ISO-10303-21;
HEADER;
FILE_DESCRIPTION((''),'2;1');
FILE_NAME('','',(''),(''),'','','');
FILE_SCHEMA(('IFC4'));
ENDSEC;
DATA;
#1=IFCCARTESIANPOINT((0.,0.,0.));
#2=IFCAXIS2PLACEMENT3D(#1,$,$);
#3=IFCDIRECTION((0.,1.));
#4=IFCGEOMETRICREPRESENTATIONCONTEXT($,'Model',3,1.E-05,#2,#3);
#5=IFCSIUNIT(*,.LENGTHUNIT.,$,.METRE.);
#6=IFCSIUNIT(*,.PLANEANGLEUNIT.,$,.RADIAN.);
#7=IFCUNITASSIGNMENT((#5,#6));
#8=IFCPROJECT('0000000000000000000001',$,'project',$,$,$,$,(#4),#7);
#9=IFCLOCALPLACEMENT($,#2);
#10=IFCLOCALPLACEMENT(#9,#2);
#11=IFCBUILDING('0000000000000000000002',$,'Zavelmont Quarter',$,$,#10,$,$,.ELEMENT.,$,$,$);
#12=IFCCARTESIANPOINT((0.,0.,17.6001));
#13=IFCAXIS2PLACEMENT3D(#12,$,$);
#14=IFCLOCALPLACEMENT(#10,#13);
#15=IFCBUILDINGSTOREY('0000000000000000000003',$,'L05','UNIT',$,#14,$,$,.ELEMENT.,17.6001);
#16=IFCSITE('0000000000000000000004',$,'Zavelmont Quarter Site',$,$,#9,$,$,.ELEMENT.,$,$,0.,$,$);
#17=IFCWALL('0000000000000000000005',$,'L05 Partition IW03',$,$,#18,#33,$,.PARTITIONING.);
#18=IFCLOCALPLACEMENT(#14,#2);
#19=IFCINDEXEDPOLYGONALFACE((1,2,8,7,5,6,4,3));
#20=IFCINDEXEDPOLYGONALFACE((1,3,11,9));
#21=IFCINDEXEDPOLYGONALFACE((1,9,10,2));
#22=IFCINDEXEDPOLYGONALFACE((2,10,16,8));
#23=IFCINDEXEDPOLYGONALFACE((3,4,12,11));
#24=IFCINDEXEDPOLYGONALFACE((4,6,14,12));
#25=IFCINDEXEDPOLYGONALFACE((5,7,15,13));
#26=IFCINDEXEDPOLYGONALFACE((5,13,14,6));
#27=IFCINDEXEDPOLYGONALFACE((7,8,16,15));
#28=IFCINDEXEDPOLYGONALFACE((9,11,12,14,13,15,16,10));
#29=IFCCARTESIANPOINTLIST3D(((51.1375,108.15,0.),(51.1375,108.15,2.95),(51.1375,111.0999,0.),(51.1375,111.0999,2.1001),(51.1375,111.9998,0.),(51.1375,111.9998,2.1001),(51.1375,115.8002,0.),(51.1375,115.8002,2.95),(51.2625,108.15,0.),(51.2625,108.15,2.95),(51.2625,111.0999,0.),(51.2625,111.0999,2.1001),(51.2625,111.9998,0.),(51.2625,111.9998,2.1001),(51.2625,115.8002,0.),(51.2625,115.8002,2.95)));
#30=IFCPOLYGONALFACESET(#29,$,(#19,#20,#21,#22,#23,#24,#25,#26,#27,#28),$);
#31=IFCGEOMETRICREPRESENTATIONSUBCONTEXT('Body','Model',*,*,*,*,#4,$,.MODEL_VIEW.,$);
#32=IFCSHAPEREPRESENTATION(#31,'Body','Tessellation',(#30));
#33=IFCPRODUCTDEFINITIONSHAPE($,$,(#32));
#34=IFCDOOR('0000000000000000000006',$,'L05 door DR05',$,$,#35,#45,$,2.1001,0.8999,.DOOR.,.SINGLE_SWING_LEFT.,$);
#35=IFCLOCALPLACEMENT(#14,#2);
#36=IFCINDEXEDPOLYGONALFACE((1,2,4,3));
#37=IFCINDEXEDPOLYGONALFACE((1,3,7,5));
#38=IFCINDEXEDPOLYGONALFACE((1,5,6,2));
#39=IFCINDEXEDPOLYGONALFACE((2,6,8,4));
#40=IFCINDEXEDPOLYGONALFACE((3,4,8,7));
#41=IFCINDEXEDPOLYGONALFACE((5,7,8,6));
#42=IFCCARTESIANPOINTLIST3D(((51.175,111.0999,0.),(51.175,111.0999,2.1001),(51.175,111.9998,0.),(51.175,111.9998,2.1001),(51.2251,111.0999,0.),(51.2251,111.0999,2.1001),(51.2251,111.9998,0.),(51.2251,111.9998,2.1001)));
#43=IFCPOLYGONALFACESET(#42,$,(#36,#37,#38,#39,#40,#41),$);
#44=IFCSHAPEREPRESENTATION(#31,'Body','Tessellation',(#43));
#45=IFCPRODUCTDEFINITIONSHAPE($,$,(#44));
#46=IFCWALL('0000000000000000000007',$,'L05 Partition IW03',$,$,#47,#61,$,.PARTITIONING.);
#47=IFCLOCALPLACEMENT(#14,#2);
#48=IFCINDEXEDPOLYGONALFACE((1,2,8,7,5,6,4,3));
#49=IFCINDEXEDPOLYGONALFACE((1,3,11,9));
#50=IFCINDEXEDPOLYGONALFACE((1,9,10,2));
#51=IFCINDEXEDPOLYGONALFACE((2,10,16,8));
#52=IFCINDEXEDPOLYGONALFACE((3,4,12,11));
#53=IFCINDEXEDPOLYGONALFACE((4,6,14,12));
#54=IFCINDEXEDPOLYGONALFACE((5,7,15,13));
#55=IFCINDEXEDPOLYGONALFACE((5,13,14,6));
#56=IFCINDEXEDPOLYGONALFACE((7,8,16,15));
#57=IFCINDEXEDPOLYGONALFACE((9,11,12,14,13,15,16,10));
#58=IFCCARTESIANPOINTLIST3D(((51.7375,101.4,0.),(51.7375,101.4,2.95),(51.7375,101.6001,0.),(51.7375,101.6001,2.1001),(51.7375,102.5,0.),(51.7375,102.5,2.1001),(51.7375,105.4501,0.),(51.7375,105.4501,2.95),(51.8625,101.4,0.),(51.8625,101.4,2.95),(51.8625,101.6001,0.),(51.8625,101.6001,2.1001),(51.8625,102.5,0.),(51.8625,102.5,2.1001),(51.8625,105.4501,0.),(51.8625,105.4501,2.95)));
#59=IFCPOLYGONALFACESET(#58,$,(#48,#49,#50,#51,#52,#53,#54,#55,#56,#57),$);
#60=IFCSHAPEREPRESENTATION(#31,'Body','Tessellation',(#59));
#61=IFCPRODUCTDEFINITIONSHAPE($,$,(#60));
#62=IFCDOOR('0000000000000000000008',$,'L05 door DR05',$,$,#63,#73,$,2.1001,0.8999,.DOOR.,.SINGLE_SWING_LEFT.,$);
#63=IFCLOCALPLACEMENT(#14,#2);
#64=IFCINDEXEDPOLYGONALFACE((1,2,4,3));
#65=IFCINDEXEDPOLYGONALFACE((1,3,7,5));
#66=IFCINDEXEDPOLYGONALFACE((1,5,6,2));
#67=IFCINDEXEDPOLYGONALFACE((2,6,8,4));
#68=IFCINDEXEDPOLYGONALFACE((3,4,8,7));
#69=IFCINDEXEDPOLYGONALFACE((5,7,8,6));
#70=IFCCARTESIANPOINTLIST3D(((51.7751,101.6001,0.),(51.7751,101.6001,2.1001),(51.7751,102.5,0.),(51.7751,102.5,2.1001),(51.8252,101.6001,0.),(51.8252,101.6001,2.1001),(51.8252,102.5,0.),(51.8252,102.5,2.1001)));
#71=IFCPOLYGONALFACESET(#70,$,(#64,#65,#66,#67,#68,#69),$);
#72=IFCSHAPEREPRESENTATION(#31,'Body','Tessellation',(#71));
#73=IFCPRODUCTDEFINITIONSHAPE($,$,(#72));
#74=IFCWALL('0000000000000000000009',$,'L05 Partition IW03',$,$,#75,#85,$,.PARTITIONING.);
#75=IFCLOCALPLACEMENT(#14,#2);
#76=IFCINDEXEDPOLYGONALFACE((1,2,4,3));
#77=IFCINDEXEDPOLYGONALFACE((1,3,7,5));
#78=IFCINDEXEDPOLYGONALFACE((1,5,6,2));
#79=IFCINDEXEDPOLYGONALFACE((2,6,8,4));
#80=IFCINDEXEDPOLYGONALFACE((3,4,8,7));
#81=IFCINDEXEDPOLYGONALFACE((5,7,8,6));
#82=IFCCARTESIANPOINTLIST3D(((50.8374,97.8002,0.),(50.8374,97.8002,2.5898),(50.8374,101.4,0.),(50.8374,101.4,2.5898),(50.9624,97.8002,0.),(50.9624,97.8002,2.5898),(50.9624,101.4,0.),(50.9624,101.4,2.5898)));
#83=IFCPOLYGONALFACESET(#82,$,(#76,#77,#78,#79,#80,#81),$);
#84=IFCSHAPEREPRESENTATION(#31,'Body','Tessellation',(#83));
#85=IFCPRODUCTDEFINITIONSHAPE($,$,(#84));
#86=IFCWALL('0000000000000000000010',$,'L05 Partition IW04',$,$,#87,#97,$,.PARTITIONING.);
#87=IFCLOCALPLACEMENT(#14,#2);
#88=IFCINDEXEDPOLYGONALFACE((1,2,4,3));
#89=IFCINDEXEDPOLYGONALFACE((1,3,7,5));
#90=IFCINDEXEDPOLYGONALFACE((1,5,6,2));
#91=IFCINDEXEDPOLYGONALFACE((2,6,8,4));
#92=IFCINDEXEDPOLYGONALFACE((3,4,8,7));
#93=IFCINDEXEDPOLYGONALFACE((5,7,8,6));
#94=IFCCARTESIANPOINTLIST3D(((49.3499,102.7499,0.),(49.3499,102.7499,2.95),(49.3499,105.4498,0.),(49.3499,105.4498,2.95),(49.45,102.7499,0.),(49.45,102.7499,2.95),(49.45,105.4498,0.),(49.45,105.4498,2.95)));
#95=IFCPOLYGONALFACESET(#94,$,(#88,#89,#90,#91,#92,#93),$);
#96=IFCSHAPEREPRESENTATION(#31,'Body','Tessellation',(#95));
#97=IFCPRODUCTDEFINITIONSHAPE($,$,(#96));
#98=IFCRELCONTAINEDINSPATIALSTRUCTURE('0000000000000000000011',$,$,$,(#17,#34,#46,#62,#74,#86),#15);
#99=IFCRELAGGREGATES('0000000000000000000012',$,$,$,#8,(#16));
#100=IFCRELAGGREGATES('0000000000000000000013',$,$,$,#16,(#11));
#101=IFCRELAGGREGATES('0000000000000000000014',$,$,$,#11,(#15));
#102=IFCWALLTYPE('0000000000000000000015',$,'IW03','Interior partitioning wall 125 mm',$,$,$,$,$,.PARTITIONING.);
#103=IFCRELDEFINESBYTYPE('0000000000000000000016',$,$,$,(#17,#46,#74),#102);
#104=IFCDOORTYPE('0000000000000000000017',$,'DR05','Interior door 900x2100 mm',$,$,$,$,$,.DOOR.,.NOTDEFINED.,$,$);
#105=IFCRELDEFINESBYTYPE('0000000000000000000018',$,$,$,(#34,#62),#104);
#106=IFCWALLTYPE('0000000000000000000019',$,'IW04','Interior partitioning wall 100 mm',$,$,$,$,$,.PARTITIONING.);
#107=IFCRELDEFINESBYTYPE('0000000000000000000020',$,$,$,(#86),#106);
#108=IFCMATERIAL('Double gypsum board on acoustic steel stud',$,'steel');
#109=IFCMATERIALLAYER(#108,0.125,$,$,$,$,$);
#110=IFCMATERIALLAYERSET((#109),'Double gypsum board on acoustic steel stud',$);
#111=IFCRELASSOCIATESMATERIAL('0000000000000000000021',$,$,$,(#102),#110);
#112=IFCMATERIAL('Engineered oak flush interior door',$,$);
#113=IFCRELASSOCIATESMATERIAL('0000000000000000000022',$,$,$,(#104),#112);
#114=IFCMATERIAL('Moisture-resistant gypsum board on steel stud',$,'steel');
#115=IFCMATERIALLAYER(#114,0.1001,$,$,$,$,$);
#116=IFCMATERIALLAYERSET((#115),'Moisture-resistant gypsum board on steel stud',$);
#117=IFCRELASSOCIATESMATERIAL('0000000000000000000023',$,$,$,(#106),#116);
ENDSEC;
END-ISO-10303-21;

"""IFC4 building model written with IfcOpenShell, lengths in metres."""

from ifc_helpers import new_model, si_unit, direction, frame, frame_2d, origin, origin_with_axes, place, context, subcontext, project, spatial, rectangle, extrude, material, layer, layer_set, type_object, element, fill, save


model = new_model("IFC4")

# Units and contexts
model_context = context("Model", 3, precision=1e-05, world=origin(), true_north=direction((0.0, 1.0)))
body_context = subcontext(model_context, "Body", "Model", "MODEL_VIEW")
ifc_project = project(units=[si_unit("LENGTHUNIT", "METRE"), si_unit("PLANEANGLEUNIT", "RADIAN")], contexts=[model_context])

# Site, building, storey
site_placement = place(None, origin())
site = spatial("IfcSite", under=ifc_project, at=site_placement, Name="Zavelmont Quarter Site", CompositionType="ELEMENT", RefElevation=0.0)
building_placement = place(site_placement, origin())
building = spatial("IfcBuilding", under=site, at=building_placement, Name="Zavelmont Quarter", CompositionType="ELEMENT")
storey_placement = place(building_placement, frame((0.0, 0.0, 17.6001)))
storey = spatial("IfcBuildingStorey", under=building, at=storey_placement, Name="L05", Description="UNIT", CompositionType="ELEMENT", Elevation=17.6001)

# Walls, openings, doors
ifc_material_1 = material(Name="Double gypsum board on acoustic steel stud", Category="steel")
ifc_layer_1 = layer(ifc_material_1, 0.125)
ifc_layer_set_1 = layer_set([ifc_layer_1], Name="Double gypsum board on acoustic steel stud")
wall_type_1 = type_object("IfcWallType", Name="IW03", Description="Interior partitioning wall 125 mm", PredefinedType="PARTITIONING", material=ifc_layer_set_1)
wall_1_placement = place(storey_placement, frame((51.2, 108.1499, 0.0), z_axis=(0.0, 0.0, 1.0), x_axis=(0.0, 1.0, 0.0)))
wall_1 = element("IfcWall", 1, at=wall_1_placement, inside=storey, type_object=wall_type_1, Name="L05 Partition IW03", PredefinedType="PARTITIONING", context=body_context, shape_type="SweptSolid", body=[
    extrude(rectangle(XDim=7.6501, YDim=0.125, at=frame_2d((3.8252, 0.0))), origin(), (0.0, 0.0, 1.0), 2.95),
])
opening_1_placement = place(wall_1_placement, frame((2.95, 0.0, 0.0)))
opening_1 = element("IfcOpeningElement", 2, at=opening_1_placement, cuts=wall_1, PredefinedType="OPENING", context=body_context, shape_type="SweptSolid", body=[
    extrude(rectangle(XDim=0.8999, YDim=2.1001, at=frame_2d((0.45, 1.05))), frame((0.0, 0.0745, 0.0), z_axis=(0.0, -1.0, 0.0), x_axis=(1.0, 0.0, 0.0)), (0.0, 0.0, 1.0), 0.1489),
])
ifc_material_2 = material(Name="Engineered oak flush interior door")
door_type = type_object("IfcDoorType", Name="DR05", Description="Interior door 900x2100 mm", OperationType="NOTDEFINED", PredefinedType="DOOR", material=ifc_material_2)
door_1_placement = place(opening_1_placement, origin_with_axes())
door_1 = element("IfcDoor", 3, at=door_1_placement, inside=storey, type_object=door_type, Name="L05 door DR05", OperationType="SINGLE_SWING_LEFT", OverallHeight=2.1001, OverallWidth=0.8999, PredefinedType="DOOR", context=body_context, shape_type="SweptSolid", body=[
    extrude(rectangle(XDim=0.8999, YDim=2.1001, at=frame_2d((0.45, 1.05))), frame((0.0, 0.0249, 0.0), z_axis=(0.0, -1.0, 0.0), x_axis=(1.0, 0.0, 0.0)), (0.0, 0.0, 1.0), 0.05),
])
fill(opening_1, door_1)
wall_2_placement = place(storey_placement, frame((51.8, 105.45, 0.0), z_axis=(0.0, 0.0, 1.0), x_axis=(0.0, -1.0, 0.0)))
wall_2 = element("IfcWall", 4, at=wall_2_placement, inside=storey, type_object=wall_type_1, Name="L05 Partition IW03", PredefinedType="PARTITIONING", context=body_context, shape_type="SweptSolid", body=[
    extrude(rectangle(XDim=4.05, YDim=0.125, at=frame_2d((2.0249, 0.0))), origin(), (0.0, 0.0, 1.0), 2.95),
])
opening_2_placement = place(wall_2_placement, frame((2.95, 0.0, 0.0)))
opening_2 = element("IfcOpeningElement", 5, at=opening_2_placement, cuts=wall_2, PredefinedType="OPENING", context=body_context, shape_type="SweptSolid", body=[
    extrude(rectangle(XDim=0.8999, YDim=2.1001, at=frame_2d((0.45, 1.05))), frame((0.0, 0.0745, 0.0), z_axis=(0.0, -1.0, 0.0), x_axis=(1.0, 0.0, 0.0)), (0.0, 0.0, 1.0), 0.1489),
])
door_2_placement = place(opening_2_placement, frame((0.8999, 0.0, 0.0), z_axis=(0.0, 0.0, 1.0), x_axis=(-1.0, 0.0, 0.0)))
door_2 = element("IfcDoor", 6, at=door_2_placement, inside=storey, type_object=door_type, Name="L05 door DR05", OperationType="SINGLE_SWING_LEFT", OverallHeight=2.1001, OverallWidth=0.8999, PredefinedType="DOOR", context=body_context, shape_type="SweptSolid", body=[
    extrude(rectangle(XDim=0.8999, YDim=2.1001, at=frame_2d((0.45, 1.05))), frame((0.0, 0.0249, 0.0), z_axis=(0.0, -1.0, 0.0), x_axis=(1.0, 0.0, 0.0)), (0.0, 0.0, 1.0), 0.05),
])
fill(opening_2, door_2)

# Walls
wall_3_placement = place(storey_placement, frame((50.8999, 101.3999, 0.0), z_axis=(0.0, 0.0, 1.0), x_axis=(0.0, -1.0, 0.0)))
element("IfcWall", 7, at=wall_3_placement, inside=storey, type_object=wall_type_1, Name="L05 Partition IW03", PredefinedType="PARTITIONING", context=body_context, shape_type="SweptSolid", body=[
    extrude(rectangle(XDim=3.5999, YDim=0.125, at=frame_2d((1.7998, 0.0))), origin(), (0.0, 0.0, 1.0), 2.5898),
])
ifc_material_3 = material(Name="Moisture-resistant gypsum board on steel stud", Category="steel")
ifc_layer_2 = layer(ifc_material_3, 0.1001)
ifc_layer_set_2 = layer_set([ifc_layer_2], Name="Moisture-resistant gypsum board on steel stud")
wall_type_2 = type_object("IfcWallType", Name="IW04", Description="Interior partitioning wall 100 mm", PredefinedType="PARTITIONING", material=ifc_layer_set_2)
wall_4_placement = place(storey_placement, frame((49.3999, 105.45, 0.0), z_axis=(0.0, 0.0, 1.0), x_axis=(0.0, -1.0, 0.0)))
element("IfcWall", 8, at=wall_4_placement, inside=storey, type_object=wall_type_2, Name="L05 Partition IW04", PredefinedType="PARTITIONING", context=body_context, shape_type="SweptSolid", body=[
    extrude(rectangle(XDim=2.7, YDim=0.1001, at=frame_2d((1.3501, 0.0))), origin(), (0.0, 0.0, 1.0), 2.95),
])

save(model, "model.ifc")
